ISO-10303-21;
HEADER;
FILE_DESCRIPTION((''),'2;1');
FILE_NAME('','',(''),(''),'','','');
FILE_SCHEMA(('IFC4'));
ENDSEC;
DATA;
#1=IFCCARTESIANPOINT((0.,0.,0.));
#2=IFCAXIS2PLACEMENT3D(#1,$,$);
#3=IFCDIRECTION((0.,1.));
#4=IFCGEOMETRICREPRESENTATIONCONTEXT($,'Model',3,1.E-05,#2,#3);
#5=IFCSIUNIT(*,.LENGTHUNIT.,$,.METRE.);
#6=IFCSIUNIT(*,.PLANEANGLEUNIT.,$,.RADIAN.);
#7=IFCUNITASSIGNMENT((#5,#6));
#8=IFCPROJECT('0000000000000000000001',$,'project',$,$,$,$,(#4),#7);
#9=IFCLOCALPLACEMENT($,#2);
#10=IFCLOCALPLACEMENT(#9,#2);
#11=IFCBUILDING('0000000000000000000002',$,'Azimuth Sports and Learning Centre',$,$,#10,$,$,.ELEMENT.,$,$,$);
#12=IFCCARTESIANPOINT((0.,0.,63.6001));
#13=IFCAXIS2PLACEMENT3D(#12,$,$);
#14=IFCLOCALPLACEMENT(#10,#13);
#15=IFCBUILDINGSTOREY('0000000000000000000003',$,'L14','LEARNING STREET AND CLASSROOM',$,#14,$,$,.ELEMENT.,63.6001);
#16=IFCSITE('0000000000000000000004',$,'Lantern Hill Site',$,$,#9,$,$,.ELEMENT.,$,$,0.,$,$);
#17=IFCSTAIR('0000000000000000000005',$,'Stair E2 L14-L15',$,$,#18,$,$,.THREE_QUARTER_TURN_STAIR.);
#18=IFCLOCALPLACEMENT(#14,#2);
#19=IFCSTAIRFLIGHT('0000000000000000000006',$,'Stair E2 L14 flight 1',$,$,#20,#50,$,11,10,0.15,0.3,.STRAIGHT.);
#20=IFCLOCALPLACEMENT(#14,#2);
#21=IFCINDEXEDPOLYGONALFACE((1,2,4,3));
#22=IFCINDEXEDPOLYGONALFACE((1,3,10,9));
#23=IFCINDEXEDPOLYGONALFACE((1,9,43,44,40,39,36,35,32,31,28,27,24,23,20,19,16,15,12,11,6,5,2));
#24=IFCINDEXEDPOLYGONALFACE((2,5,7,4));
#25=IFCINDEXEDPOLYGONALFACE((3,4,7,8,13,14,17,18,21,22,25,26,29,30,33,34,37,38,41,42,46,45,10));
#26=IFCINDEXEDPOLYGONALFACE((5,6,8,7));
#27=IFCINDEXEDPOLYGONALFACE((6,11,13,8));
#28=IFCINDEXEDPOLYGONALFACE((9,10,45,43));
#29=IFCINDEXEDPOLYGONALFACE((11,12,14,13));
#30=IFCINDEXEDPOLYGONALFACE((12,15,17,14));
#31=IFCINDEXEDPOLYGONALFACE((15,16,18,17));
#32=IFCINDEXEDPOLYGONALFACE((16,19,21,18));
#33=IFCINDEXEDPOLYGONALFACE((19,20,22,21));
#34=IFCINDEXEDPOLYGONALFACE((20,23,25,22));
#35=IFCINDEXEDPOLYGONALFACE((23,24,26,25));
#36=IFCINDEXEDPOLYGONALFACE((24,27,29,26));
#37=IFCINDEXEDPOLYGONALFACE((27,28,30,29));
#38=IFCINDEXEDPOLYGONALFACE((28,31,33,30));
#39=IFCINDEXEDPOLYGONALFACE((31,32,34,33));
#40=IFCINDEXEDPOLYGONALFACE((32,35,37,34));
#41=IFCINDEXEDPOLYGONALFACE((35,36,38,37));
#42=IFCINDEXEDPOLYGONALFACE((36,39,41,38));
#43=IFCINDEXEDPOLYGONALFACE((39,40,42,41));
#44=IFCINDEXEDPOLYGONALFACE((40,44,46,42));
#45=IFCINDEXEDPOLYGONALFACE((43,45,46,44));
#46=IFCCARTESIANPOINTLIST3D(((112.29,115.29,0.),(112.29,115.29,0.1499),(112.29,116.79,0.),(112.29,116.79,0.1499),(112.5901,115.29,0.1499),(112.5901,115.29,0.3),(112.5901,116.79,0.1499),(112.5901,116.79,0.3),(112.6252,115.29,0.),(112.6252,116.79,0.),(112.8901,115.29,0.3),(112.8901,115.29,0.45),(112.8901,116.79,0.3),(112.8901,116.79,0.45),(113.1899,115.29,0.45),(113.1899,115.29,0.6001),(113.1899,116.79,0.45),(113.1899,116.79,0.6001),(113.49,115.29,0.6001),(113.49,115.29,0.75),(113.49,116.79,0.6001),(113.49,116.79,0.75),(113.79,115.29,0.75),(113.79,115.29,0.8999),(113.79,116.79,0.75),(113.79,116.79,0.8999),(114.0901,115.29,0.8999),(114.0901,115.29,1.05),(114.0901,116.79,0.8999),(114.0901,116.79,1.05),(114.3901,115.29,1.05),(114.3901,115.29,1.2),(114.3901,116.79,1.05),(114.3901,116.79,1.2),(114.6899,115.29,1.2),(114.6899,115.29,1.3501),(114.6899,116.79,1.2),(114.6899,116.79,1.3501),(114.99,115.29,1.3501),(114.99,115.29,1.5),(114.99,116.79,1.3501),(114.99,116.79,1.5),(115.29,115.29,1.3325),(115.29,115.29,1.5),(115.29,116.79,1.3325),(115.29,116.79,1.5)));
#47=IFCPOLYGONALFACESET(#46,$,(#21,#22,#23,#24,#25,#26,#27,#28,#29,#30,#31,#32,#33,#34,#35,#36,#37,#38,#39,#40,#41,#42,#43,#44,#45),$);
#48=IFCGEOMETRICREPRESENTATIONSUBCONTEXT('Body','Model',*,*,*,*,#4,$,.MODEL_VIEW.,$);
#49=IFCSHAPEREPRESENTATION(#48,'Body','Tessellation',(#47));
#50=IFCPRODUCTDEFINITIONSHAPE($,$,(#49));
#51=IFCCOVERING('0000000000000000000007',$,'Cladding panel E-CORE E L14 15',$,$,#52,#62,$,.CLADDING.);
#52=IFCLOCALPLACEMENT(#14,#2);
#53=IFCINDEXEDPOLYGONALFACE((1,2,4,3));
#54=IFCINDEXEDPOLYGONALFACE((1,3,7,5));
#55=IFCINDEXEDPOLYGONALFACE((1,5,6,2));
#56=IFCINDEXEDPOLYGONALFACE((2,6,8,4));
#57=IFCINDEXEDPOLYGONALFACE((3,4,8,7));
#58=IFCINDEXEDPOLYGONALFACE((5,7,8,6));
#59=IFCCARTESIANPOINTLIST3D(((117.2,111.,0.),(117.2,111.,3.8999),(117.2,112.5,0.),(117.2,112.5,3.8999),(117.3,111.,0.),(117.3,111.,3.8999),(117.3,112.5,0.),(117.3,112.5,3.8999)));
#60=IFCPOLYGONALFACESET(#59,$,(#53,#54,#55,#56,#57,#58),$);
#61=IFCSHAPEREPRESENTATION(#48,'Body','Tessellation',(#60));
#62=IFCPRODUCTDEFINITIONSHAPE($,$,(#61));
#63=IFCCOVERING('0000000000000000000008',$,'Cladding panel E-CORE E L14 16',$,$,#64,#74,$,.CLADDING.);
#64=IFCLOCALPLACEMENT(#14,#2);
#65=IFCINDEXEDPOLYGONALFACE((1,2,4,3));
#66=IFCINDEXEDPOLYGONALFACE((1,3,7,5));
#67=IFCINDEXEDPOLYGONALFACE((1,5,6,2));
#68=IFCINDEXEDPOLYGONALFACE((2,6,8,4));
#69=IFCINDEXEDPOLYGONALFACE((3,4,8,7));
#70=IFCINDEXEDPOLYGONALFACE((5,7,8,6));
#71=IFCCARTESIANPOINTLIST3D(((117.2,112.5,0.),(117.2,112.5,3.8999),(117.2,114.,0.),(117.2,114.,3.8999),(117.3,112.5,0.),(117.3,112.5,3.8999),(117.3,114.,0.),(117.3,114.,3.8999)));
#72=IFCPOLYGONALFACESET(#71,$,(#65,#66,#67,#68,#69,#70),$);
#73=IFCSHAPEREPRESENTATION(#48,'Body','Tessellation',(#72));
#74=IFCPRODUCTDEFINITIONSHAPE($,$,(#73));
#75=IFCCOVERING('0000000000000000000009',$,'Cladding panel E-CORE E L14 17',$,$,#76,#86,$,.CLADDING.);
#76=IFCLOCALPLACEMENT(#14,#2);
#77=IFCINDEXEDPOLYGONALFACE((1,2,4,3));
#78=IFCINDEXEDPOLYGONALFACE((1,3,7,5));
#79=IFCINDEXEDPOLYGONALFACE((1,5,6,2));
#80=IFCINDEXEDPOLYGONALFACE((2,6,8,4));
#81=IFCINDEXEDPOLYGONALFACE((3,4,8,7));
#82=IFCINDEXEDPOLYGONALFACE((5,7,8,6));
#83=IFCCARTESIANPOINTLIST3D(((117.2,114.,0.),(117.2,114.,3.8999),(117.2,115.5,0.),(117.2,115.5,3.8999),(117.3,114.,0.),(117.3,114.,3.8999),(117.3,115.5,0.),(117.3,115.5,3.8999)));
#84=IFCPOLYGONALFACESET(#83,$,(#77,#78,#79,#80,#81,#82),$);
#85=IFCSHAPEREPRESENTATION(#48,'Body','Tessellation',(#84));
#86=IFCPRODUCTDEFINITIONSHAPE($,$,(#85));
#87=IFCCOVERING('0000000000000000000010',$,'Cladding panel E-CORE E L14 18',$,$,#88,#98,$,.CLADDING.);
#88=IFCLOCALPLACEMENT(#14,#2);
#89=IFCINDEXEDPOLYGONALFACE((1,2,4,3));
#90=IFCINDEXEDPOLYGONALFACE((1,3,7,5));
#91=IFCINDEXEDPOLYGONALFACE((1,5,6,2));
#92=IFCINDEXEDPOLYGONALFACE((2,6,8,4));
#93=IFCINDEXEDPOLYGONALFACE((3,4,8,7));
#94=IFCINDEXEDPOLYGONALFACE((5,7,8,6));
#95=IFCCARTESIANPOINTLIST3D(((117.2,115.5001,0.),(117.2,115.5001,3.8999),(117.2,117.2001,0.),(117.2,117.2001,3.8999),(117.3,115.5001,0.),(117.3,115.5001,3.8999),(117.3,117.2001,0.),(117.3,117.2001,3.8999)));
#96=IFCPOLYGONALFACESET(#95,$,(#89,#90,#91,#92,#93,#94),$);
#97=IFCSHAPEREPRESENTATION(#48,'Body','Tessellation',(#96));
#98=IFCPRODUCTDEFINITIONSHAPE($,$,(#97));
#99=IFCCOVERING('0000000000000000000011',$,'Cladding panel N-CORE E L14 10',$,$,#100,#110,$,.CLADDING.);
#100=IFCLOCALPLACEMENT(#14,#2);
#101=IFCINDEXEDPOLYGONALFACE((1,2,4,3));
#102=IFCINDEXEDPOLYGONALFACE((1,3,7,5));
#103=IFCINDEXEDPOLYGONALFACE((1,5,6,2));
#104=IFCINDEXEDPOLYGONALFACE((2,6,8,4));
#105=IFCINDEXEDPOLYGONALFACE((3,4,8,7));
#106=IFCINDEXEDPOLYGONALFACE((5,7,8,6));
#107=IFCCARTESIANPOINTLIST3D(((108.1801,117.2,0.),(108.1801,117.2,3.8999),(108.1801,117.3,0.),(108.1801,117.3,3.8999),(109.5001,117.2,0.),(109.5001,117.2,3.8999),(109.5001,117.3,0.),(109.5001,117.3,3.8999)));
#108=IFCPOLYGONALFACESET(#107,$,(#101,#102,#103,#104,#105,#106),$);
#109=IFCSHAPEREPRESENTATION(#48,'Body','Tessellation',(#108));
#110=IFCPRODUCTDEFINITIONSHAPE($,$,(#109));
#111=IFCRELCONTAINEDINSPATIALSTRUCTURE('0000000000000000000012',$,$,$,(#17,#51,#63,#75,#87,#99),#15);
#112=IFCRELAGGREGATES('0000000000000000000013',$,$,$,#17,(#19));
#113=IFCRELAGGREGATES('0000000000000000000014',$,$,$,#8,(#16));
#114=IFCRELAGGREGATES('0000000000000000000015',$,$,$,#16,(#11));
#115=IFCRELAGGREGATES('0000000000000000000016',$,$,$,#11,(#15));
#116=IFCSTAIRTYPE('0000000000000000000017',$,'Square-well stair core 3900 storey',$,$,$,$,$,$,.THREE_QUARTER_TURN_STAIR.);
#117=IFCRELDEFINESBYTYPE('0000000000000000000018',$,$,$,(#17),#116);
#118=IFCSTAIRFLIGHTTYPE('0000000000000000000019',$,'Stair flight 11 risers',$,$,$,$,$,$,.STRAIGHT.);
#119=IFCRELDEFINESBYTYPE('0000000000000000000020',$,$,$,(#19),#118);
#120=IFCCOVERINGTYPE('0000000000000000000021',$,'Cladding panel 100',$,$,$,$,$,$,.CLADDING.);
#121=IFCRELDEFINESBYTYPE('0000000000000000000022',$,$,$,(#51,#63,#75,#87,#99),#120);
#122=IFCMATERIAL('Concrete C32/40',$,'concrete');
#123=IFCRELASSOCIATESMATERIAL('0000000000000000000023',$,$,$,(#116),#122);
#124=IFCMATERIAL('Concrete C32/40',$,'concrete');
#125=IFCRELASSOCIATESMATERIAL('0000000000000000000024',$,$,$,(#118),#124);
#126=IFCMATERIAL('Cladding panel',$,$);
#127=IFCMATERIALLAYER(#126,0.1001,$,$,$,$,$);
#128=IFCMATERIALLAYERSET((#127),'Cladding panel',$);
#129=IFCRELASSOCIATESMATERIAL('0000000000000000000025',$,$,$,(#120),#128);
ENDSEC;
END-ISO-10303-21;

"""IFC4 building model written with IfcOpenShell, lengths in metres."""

from ifc_helpers import new_model, si_unit, direction, frame, origin, origin_2d, place, context, subcontext, project, spatial, polyline, rectangle, outline, extrude, material, layer, layer_set, type_object, element, aggregate, save


model = new_model("IFC4")

# Units and contexts
model_context = context("Model", 3, precision=1e-05, world=origin(), true_north=direction((0.0, 1.0)))
body_context = subcontext(model_context, "Body", "Model", "MODEL_VIEW")
ifc_project = project(units=[si_unit("LENGTHUNIT", "METRE"), si_unit("PLANEANGLEUNIT", "RADIAN")], contexts=[model_context])

# Site, building, storey
site_placement = place(None, origin())
site = spatial("IfcSite", under=ifc_project, at=site_placement, Name="Lantern Hill Site", CompositionType="ELEMENT", RefElevation=0.0)
building_placement = place(site_placement, origin())
building = spatial("IfcBuilding", under=site, at=building_placement, Name="Azimuth Sports and Learning Centre", CompositionType="ELEMENT")
storey_placement = place(building_placement, frame((0.0, 0.0, 63.6001)))
storey = spatial("IfcBuildingStorey", under=building, at=storey_placement, Name="L14", Description="LEARNING STREET AND CLASSROOM", CompositionType="ELEMENT", Elevation=63.6001)

# Stair, stair flight
ifc_material_1 = material(Name="Concrete C32/40", Category="concrete")
stair_type = type_object("IfcStairType", Name="Square-well stair core 3900 storey", PredefinedType="THREE_QUARTER_TURN_STAIR", material=ifc_material_1)
stair_placement = place(storey_placement, origin())
stair = element("IfcStair", 1, at=stair_placement, inside=storey, type_object=stair_type, Name="Stair E2 L14-L15", PredefinedType="THREE_QUARTER_TURN_STAIR")
ifc_material_2 = material(Name="Concrete C32/40", Category="concrete")
stair_flight_type = type_object("IfcStairFlightType", Name="Stair flight 11 risers", PredefinedType="STRAIGHT", material=ifc_material_2)
stair_flight_placement = place(storey_placement, frame((112.29, 116.04, 0.0), z_axis=(0.0, 0.0, 1.0), x_axis=(1.0, 0.0, 0.0)))
stair_flight = element("IfcStairFlight", 2, at=stair_flight_placement, type_object=stair_flight_type, Name="Stair E2 L14 flight 1", NumberOfRisers=11, NumberOfTreads=10, PredefinedType="STRAIGHT", RiserHeight=0.15, TreadLength=0.3, context=body_context, shape_type="SweptSolid", body=[
    extrude(outline(polyline([(0.0, 0.0), (0.0, 0.1499), (0.3, 0.1499), (0.3, 0.3), (0.6001, 0.3), (0.6001, 0.45), (0.8999, 0.45), (0.8999, 0.6001), (1.2, 0.6001), (1.2, 0.75), (1.5, 0.75), (1.5, 0.8999), (1.8, 0.8999), (1.8, 1.05), (2.1001, 1.05), (2.1001, 1.2), (2.3999, 1.2), (2.3999, 1.3501), (2.7, 1.3501), (2.7, 1.5), (3.0, 1.5), (3.0, 1.6499), (3.0, 1.3325), (0.3352, 0.0), (0.0, 0.0)])), frame((0.0, 0.75, 0.0), z_axis=(0.0, -1.0, 0.0), x_axis=(1.0, 0.0, 0.0)), (0.0, 0.0, 1.0), 1.5),
])
aggregate(stair, [stair_flight])

# Coverings
ifc_material_3 = material(Name="Cladding panel")
ifc_layer_1 = layer(ifc_material_3, 0.1001)
ifc_layer_set_1 = layer_set([ifc_layer_1], Name="Cladding panel")
covering_type = type_object("IfcCoveringType", Name="Cladding panel 100", PredefinedType="CLADDING", material=ifc_layer_set_1)
for number, where, z_axis, x_axis, name in (
    (3, (117.25, 111.75, 0.0), (0.0, 0.0, 1.0), (0.0, 1.0, 0.0), "Cladding panel E-CORE E L14 15"),
    (4, (117.25, 113.25, 0.0), (0.0, 0.0, 1.0), (0.0, 1.0, 0.0), "Cladding panel E-CORE E L14 16"),
    (5, (117.25, 114.75, 0.0), (0.0, 0.0, 1.0), (0.0, 1.0, 0.0), "Cladding panel E-CORE E L14 17"),
):
    element("IfcCovering", number, at=place(storey_placement, frame(where, z_axis=z_axis, x_axis=x_axis)), inside=storey, type_object=covering_type, Name=name, PredefinedType="CLADDING", context=body_context, shape_type="SweptSolid", body=[
        extrude(rectangle(XDim=1.5, YDim=0.1001, at=origin_2d()), origin(), (0.0, 0.0, 1.0), 3.8999),
    ])
covering_1_placement = place(storey_placement, frame((117.25, 116.3501, 0.0), z_axis=(0.0, 0.0, 1.0), x_axis=(0.0, 1.0, 0.0)))
element("IfcCovering", 6, at=covering_1_placement, inside=storey, type_object=covering_type, Name="Cladding panel E-CORE E L14 18", PredefinedType="CLADDING", context=body_context, shape_type="SweptSolid", body=[
    extrude(rectangle(XDim=1.7, YDim=0.1001, at=origin_2d()), origin(), (0.0, 0.0, 1.0), 3.8999),
])
covering_2_placement = place(storey_placement, frame((108.8401, 117.25, 0.0), z_axis=(0.0, 0.0, 1.0), x_axis=(-1.0, 0.0, 0.0)))
element("IfcCovering", 7, at=covering_2_placement, inside=storey, type_object=covering_type, Name="Cladding panel N-CORE E L14 10", PredefinedType="CLADDING", context=body_context, shape_type="SweptSolid", body=[
    extrude(rectangle(XDim=1.3201, YDim=0.1001, at=origin_2d()), origin(), (0.0, 0.0, 1.0), 3.8999),
])

save(model, "model.ifc")
